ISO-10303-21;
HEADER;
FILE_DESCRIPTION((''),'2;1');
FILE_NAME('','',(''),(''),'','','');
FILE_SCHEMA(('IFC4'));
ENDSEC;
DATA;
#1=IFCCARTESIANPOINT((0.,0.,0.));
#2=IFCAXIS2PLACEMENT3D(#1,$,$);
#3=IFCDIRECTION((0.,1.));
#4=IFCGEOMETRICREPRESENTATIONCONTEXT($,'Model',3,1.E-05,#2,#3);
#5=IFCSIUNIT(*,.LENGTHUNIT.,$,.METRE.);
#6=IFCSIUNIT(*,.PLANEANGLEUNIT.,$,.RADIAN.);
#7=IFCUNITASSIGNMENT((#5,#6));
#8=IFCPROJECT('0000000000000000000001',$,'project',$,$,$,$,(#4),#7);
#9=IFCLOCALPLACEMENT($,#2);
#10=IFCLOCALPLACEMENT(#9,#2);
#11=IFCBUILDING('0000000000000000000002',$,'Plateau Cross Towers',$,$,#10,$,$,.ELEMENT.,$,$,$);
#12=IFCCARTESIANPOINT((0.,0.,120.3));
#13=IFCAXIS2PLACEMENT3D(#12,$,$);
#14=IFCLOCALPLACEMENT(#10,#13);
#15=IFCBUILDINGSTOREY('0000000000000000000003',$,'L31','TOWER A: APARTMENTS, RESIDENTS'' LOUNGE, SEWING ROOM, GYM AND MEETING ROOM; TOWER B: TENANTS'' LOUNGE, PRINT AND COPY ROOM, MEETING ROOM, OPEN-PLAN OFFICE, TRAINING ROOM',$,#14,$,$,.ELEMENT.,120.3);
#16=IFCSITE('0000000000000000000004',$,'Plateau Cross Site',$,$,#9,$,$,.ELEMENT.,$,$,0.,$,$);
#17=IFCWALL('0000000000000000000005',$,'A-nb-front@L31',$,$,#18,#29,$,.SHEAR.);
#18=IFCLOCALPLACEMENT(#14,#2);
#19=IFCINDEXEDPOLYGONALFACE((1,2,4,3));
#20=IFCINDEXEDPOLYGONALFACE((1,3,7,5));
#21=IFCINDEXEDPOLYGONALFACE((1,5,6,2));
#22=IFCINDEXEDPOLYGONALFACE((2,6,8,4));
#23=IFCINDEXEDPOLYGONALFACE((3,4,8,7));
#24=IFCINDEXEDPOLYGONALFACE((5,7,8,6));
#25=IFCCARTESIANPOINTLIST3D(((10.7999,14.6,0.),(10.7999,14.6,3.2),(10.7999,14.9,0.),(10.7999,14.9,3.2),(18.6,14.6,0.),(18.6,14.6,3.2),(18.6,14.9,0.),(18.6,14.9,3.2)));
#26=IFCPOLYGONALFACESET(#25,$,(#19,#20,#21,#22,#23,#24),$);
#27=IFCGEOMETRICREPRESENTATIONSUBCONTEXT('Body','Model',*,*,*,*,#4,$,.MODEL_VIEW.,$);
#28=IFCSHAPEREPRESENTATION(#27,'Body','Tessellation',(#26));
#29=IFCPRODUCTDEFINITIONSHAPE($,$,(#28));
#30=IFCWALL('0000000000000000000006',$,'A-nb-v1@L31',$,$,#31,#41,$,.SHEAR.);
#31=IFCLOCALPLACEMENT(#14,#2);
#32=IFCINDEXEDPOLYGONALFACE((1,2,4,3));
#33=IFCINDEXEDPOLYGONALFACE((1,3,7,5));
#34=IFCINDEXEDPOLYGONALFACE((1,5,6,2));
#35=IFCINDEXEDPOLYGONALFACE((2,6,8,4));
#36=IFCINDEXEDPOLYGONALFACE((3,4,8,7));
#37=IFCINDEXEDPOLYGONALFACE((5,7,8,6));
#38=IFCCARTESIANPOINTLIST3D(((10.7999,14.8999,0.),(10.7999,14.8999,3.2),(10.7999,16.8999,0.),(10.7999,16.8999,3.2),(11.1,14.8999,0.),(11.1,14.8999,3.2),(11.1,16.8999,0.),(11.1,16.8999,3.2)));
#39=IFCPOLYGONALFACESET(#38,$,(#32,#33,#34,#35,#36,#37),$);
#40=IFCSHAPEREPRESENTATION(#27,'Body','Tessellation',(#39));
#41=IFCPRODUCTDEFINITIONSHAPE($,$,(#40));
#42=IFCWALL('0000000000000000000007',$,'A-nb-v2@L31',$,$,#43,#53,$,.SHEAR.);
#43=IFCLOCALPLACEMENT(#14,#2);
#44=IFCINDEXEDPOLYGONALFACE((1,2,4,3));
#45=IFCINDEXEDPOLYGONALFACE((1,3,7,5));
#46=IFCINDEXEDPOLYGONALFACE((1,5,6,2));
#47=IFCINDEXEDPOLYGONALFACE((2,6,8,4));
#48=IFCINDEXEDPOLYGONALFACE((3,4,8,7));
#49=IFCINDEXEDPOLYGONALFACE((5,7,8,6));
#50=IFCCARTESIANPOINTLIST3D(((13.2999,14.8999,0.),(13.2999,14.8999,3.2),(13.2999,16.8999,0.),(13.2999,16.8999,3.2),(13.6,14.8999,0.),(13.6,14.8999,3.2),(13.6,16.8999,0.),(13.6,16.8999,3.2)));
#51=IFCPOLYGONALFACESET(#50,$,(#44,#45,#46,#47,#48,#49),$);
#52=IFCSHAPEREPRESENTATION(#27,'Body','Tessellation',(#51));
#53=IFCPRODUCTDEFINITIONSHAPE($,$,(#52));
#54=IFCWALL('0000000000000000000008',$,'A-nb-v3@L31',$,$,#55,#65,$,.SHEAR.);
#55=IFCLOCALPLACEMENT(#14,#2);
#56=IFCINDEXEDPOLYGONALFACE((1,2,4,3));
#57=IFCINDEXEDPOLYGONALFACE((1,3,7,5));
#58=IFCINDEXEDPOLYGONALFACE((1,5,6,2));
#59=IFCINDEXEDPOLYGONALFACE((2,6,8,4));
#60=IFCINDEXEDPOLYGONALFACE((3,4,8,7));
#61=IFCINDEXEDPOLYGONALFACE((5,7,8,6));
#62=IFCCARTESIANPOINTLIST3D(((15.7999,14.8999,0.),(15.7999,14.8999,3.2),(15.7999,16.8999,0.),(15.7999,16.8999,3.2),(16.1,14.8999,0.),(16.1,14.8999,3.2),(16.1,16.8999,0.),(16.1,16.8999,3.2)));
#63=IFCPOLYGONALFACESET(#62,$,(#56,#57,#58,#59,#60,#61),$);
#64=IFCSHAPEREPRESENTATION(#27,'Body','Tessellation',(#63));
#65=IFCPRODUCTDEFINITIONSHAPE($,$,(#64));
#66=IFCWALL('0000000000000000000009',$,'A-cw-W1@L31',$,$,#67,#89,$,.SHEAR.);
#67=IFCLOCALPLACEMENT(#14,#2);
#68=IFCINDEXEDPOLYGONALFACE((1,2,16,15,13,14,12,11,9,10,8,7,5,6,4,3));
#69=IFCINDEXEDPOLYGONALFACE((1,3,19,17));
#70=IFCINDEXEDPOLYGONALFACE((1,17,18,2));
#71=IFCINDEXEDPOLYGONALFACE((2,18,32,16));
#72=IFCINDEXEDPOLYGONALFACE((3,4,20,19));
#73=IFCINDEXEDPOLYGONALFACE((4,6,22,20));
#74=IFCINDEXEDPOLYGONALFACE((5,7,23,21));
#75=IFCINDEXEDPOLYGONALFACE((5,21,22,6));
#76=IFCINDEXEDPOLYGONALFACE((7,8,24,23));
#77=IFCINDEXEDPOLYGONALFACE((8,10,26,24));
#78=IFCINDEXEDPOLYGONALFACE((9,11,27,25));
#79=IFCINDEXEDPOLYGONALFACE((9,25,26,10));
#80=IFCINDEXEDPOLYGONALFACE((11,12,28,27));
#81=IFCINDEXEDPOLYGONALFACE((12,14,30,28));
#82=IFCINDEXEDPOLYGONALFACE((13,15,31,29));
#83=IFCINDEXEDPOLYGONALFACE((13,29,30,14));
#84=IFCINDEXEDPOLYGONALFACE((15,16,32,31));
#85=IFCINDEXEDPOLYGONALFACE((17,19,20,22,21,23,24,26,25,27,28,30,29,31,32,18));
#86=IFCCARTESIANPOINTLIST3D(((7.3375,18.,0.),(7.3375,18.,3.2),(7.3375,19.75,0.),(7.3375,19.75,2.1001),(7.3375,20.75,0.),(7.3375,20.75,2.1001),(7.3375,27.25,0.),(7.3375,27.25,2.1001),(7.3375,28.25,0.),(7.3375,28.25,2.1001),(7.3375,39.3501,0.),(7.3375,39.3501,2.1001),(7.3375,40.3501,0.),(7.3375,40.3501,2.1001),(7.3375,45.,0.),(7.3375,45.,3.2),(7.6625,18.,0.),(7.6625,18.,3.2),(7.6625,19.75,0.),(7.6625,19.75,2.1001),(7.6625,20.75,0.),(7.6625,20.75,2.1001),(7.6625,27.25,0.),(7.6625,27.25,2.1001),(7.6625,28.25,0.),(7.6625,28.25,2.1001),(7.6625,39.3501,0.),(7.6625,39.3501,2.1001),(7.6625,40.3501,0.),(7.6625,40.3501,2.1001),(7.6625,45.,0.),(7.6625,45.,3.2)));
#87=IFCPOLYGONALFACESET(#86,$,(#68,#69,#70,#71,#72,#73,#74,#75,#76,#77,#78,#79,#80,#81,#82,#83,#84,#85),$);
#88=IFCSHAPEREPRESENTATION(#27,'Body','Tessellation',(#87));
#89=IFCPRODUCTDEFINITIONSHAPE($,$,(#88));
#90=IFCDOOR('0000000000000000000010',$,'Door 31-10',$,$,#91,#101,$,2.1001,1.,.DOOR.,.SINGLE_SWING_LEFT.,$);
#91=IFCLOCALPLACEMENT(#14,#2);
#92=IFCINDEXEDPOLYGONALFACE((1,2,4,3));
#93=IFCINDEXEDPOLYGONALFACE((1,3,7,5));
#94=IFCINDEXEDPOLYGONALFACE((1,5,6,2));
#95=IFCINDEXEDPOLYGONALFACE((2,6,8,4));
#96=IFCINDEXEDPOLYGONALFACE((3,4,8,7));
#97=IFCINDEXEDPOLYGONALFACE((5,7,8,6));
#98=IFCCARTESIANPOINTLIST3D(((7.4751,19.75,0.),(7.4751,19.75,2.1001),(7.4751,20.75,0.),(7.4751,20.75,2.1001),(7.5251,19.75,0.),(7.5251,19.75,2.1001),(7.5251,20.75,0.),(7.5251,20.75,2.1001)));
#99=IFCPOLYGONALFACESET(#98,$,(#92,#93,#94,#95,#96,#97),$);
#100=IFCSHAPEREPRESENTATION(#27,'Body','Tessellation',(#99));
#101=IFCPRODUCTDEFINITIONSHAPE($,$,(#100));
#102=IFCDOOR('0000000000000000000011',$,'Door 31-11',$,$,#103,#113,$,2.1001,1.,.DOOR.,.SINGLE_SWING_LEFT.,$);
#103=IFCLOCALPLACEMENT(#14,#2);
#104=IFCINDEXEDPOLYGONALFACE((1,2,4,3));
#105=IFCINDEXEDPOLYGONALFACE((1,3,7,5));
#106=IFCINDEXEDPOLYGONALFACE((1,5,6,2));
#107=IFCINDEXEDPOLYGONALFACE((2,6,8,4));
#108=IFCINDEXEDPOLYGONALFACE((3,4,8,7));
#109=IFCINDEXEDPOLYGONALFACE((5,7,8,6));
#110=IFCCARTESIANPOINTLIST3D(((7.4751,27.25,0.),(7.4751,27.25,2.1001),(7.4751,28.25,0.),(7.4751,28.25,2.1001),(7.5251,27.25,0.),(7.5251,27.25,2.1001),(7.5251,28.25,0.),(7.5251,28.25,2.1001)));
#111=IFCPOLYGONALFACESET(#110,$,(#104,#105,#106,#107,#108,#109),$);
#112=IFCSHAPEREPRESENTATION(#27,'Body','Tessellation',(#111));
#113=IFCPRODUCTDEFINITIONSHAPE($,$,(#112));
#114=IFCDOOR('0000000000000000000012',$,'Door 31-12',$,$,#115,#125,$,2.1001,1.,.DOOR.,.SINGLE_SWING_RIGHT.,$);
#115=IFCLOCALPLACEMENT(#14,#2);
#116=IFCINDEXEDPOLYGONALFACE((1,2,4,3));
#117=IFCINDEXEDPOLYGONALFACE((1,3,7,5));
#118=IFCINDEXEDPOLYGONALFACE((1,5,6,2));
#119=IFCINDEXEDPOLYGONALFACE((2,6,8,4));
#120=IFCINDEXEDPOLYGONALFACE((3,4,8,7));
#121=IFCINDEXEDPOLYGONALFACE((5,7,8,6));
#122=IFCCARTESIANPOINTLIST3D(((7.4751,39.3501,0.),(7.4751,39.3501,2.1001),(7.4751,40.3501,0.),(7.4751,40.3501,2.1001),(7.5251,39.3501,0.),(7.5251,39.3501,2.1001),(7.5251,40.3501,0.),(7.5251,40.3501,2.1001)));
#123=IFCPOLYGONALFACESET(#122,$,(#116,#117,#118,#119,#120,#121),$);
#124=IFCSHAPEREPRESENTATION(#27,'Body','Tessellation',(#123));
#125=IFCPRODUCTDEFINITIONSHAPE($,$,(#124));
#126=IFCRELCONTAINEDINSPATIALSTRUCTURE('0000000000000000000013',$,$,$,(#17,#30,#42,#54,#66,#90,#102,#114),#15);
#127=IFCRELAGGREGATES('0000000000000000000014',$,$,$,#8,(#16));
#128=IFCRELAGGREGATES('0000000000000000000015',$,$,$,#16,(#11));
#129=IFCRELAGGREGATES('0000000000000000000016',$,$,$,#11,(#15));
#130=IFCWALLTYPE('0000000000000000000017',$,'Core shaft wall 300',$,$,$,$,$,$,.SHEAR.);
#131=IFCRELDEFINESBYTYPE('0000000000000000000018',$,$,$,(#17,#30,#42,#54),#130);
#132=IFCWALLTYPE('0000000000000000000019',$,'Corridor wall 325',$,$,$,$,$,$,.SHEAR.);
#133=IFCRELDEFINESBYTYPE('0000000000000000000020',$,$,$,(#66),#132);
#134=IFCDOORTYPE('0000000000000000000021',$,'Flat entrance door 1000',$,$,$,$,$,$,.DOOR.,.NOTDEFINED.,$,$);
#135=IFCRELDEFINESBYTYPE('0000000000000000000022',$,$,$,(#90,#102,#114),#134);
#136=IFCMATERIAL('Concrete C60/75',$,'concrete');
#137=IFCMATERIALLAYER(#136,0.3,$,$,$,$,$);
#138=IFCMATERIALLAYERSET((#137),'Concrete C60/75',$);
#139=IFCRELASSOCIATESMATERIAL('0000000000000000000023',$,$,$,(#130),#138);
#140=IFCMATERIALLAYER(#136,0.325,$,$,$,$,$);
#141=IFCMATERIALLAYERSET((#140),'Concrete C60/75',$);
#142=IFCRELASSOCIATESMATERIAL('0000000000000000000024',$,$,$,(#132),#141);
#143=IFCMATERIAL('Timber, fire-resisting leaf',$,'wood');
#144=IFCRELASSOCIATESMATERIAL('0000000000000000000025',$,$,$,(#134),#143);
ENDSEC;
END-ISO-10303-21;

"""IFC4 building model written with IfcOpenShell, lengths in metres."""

from ifc_helpers import new_model, si_unit, direction, frame, frame_2d, origin, place, context, subcontext, project, spatial, rectangle, extrude, material, layer, layer_set, type_object, element, fill, save


model = new_model("IFC4")

# Units and contexts
model_context = context("Model", 3, precision=1e-05, world=origin(), true_north=direction((0.0, 1.0)))
body_context = subcontext(model_context, "Body", "Model", "MODEL_VIEW")
ifc_project = project(units=[si_unit("LENGTHUNIT", "METRE"), si_unit("PLANEANGLEUNIT", "RADIAN")], contexts=[model_context])

# Site, building, storey
site_placement = place(None, origin())
site = spatial("IfcSite", under=ifc_project, at=site_placement, Name="Plateau Cross Site", CompositionType="ELEMENT", RefElevation=0.0)
building_placement = place(site_placement, origin())
building = spatial("IfcBuilding", under=site, at=building_placement, Name="Plateau Cross Towers", CompositionType="ELEMENT")
storey_placement = place(building_placement, frame((0.0, 0.0, 120.3)))
storey = spatial("IfcBuildingStorey", under=building, at=storey_placement, Name="L31", Description="TOWER A: APARTMENTS, RESIDENTS' LOUNGE, SEWING ROOM, GYM AND MEETING ROOM; TOWER B: TENANTS' LOUNGE, PRINT AND COPY ROOM, MEETING ROOM, OPEN-PLAN OFFICE, TRAINING ROOM", CompositionType="ELEMENT", Elevation=120.3)

# Shared definitions
ifc_material_1 = material(Name="Timber, fire-resisting leaf", Category="wood")

# Walls
ifc_material_2 = material(Name="Concrete C60/75", Category="concrete")
ifc_layer_1 = layer(ifc_material_2, 0.3)
ifc_layer_set_1 = layer_set([ifc_layer_1], Name="Concrete C60/75")
wall_type_1 = type_object("IfcWallType", Name="Core shaft wall 300", PredefinedType="SHEAR", material=ifc_layer_set_1)
for number, where, z_axis, x_axis, name in (
    (1, (10.8, 14.75, 0.0), (0.0, 0.0, 1.0), (1.0, 0.0, 0.0), "A-nb-front@L31"),
):
    element("IfcWall", number, at=place(storey_placement, frame(where, z_axis=z_axis, x_axis=x_axis)), inside=storey, type_object=wall_type_1, Name=name, PredefinedType="SHEAR", context=body_context, shape_type="SweptSolid", body=[
        extrude(rectangle(XDim=7.8, YDim=0.3, at=frame_2d((3.8999, 0.0))), origin(), (0.0, 0.0, 1.0), 3.2),
    ])
for number, where, z_axis, x_axis, name in (
    (2, (10.95, 14.8999, 0.0), (0.0, 0.0, 1.0), (0.0, 1.0, 0.0), "A-nb-v1@L31"),
    (3, (13.45, 14.8999, 0.0), (0.0, 0.0, 1.0), (0.0, 1.0, 0.0), "A-nb-v2@L31"),
    (4, (15.95, 14.8999, 0.0), (0.0, 0.0, 1.0), (0.0, 1.0, 0.0), "A-nb-v3@L31"),
):
    element("IfcWall", number, at=place(storey_placement, frame(where, z_axis=z_axis, x_axis=x_axis)), inside=storey, type_object=wall_type_1, Name=name, PredefinedType="SHEAR", context=body_context, shape_type="SweptSolid", body=[
        extrude(rectangle(XDim=2.0, YDim=0.3, at=frame_2d((1.0, 0.0))), origin(), (0.0, 0.0, 1.0), 3.2),
    ])

# Wall, openings, doors
ifc_layer_2 = layer(ifc_material_2, 0.325)
ifc_layer_set_2 = layer_set([ifc_layer_2], Name="Concrete C60/75")
wall_type_2 = type_object("IfcWallType", Name="Corridor wall 325", PredefinedType="SHEAR", material=ifc_layer_set_2)
wall_1_placement = place(storey_placement, frame((7.5, 18.0, 0.0), z_axis=(0.0, 0.0, 1.0), x_axis=(0.0, 1.0, 0.0)))
wall_1 = element("IfcWall", 5, at=wall_1_placement, inside=storey, type_object=wall_type_2, Name="A-cw-W1@L31", PredefinedType="SHEAR", context=body_context, shape_type="SweptSolid", body=[
    extrude(rectangle(XDim=27.0, YDim=0.325, at=frame_2d((13.5, 0.0))), origin(), (0.0, 0.0, 1.0), 3.2),
])
opening_1_placement = place(wall_1_placement, frame((1.75, 0.0, 0.0)))
opening_1 = element("IfcOpeningElement", 6, at=opening_1_placement, cuts=wall_1, PredefinedType="OPENING", context=body_context, shape_type="SweptSolid", body=[
    extrude(rectangle(XDim=1.0, YDim=2.1001, at=frame_2d((0.5, 1.05))), frame((0.0, 0.1724, 0.0), z_axis=(0.0, -1.0, 0.0), x_axis=(1.0, 0.0, 0.0)), (0.0, 0.0, 1.0), 0.345),
])
opening_2_placement = place(wall_1_placement, frame((9.25, 0.0, 0.0)))
opening_2 = element("IfcOpeningElement", 7, at=opening_2_placement, cuts=wall_1, PredefinedType="OPENING", context=body_context, shape_type="SweptSolid", body=[
    extrude(rectangle(XDim=1.0, YDim=2.1001, at=frame_2d((0.5, 1.05))), frame((0.0, 0.1724, 0.0), z_axis=(0.0, -1.0, 0.0), x_axis=(1.0, 0.0, 0.0)), (0.0, 0.0, 1.0), 0.345),
])
opening_3_placement = place(wall_1_placement, frame((21.3501, 0.0, 0.0)))
opening_3 = element("IfcOpeningElement", 8, at=opening_3_placement, cuts=wall_1, PredefinedType="OPENING", context=body_context, shape_type="SweptSolid", body=[
    extrude(rectangle(XDim=1.0, YDim=2.1001, at=frame_2d((0.5, 1.05))), frame((0.0, 0.1724, 0.0), z_axis=(0.0, -1.0, 0.0), x_axis=(1.0, 0.0, 0.0)), (0.0, 0.0, 1.0), 0.345),
])
door_type_1 = type_object("IfcDoorType", Name="Flat entrance door 1000", OperationType="NOTDEFINED", PredefinedType="DOOR", material=ifc_material_1)
door_1_placement = place(opening_1_placement, origin())
door_1 = element("IfcDoor", 9, at=door_1_placement, inside=storey, type_object=door_type_1, Name="Door 31-10", OperationType="SINGLE_SWING_LEFT", OverallHeight=2.1001, OverallWidth=1.0, PredefinedType="DOOR", context=body_context, shape_type="SweptSolid", body=[
    extrude(rectangle(XDim=1.0, YDim=2.1001, at=frame_2d((0.5, 1.05))), frame((0.0, 0.0249, 0.0), z_axis=(0.0, -1.0, 0.0), x_axis=(1.0, 0.0, 0.0)), (0.0, 0.0, 1.0), 0.05),
])
fill(opening_1, door_1)
door_2_placement = place(opening_2_placement, origin())
door_2 = element("IfcDoor", 10, at=door_2_placement, inside=storey, type_object=door_type_1, Name="Door 31-11", OperationType="SINGLE_SWING_LEFT", OverallHeight=2.1001, OverallWidth=1.0, PredefinedType="DOOR", context=body_context, shape_type="SweptSolid", body=[
    extrude(rectangle(XDim=1.0, YDim=2.1001, at=frame_2d((0.5, 1.05))), frame((0.0, 0.0249, 0.0), z_axis=(0.0, -1.0, 0.0), x_axis=(1.0, 0.0, 0.0)), (0.0, 0.0, 1.0), 0.05),
])
fill(opening_2, door_2)
door_3_placement = place(opening_3_placement, origin())
door_3 = element("IfcDoor", 11, at=door_3_placement, inside=storey, type_object=door_type_1, Name="Door 31-12", OperationType="SINGLE_SWING_RIGHT", OverallHeight=2.1001, OverallWidth=1.0, PredefinedType="DOOR", context=body_context, shape_type="SweptSolid", body=[
    extrude(rectangle(XDim=1.0, YDim=2.1001, at=frame_2d((0.5, 1.05))), frame((0.0, 0.0249, 0.0), z_axis=(0.0, -1.0, 0.0), x_axis=(1.0, 0.0, 0.0)), (0.0, 0.0, 1.0), 0.05),
])
fill(opening_3, door_3)

save(model, "model.ifc")
